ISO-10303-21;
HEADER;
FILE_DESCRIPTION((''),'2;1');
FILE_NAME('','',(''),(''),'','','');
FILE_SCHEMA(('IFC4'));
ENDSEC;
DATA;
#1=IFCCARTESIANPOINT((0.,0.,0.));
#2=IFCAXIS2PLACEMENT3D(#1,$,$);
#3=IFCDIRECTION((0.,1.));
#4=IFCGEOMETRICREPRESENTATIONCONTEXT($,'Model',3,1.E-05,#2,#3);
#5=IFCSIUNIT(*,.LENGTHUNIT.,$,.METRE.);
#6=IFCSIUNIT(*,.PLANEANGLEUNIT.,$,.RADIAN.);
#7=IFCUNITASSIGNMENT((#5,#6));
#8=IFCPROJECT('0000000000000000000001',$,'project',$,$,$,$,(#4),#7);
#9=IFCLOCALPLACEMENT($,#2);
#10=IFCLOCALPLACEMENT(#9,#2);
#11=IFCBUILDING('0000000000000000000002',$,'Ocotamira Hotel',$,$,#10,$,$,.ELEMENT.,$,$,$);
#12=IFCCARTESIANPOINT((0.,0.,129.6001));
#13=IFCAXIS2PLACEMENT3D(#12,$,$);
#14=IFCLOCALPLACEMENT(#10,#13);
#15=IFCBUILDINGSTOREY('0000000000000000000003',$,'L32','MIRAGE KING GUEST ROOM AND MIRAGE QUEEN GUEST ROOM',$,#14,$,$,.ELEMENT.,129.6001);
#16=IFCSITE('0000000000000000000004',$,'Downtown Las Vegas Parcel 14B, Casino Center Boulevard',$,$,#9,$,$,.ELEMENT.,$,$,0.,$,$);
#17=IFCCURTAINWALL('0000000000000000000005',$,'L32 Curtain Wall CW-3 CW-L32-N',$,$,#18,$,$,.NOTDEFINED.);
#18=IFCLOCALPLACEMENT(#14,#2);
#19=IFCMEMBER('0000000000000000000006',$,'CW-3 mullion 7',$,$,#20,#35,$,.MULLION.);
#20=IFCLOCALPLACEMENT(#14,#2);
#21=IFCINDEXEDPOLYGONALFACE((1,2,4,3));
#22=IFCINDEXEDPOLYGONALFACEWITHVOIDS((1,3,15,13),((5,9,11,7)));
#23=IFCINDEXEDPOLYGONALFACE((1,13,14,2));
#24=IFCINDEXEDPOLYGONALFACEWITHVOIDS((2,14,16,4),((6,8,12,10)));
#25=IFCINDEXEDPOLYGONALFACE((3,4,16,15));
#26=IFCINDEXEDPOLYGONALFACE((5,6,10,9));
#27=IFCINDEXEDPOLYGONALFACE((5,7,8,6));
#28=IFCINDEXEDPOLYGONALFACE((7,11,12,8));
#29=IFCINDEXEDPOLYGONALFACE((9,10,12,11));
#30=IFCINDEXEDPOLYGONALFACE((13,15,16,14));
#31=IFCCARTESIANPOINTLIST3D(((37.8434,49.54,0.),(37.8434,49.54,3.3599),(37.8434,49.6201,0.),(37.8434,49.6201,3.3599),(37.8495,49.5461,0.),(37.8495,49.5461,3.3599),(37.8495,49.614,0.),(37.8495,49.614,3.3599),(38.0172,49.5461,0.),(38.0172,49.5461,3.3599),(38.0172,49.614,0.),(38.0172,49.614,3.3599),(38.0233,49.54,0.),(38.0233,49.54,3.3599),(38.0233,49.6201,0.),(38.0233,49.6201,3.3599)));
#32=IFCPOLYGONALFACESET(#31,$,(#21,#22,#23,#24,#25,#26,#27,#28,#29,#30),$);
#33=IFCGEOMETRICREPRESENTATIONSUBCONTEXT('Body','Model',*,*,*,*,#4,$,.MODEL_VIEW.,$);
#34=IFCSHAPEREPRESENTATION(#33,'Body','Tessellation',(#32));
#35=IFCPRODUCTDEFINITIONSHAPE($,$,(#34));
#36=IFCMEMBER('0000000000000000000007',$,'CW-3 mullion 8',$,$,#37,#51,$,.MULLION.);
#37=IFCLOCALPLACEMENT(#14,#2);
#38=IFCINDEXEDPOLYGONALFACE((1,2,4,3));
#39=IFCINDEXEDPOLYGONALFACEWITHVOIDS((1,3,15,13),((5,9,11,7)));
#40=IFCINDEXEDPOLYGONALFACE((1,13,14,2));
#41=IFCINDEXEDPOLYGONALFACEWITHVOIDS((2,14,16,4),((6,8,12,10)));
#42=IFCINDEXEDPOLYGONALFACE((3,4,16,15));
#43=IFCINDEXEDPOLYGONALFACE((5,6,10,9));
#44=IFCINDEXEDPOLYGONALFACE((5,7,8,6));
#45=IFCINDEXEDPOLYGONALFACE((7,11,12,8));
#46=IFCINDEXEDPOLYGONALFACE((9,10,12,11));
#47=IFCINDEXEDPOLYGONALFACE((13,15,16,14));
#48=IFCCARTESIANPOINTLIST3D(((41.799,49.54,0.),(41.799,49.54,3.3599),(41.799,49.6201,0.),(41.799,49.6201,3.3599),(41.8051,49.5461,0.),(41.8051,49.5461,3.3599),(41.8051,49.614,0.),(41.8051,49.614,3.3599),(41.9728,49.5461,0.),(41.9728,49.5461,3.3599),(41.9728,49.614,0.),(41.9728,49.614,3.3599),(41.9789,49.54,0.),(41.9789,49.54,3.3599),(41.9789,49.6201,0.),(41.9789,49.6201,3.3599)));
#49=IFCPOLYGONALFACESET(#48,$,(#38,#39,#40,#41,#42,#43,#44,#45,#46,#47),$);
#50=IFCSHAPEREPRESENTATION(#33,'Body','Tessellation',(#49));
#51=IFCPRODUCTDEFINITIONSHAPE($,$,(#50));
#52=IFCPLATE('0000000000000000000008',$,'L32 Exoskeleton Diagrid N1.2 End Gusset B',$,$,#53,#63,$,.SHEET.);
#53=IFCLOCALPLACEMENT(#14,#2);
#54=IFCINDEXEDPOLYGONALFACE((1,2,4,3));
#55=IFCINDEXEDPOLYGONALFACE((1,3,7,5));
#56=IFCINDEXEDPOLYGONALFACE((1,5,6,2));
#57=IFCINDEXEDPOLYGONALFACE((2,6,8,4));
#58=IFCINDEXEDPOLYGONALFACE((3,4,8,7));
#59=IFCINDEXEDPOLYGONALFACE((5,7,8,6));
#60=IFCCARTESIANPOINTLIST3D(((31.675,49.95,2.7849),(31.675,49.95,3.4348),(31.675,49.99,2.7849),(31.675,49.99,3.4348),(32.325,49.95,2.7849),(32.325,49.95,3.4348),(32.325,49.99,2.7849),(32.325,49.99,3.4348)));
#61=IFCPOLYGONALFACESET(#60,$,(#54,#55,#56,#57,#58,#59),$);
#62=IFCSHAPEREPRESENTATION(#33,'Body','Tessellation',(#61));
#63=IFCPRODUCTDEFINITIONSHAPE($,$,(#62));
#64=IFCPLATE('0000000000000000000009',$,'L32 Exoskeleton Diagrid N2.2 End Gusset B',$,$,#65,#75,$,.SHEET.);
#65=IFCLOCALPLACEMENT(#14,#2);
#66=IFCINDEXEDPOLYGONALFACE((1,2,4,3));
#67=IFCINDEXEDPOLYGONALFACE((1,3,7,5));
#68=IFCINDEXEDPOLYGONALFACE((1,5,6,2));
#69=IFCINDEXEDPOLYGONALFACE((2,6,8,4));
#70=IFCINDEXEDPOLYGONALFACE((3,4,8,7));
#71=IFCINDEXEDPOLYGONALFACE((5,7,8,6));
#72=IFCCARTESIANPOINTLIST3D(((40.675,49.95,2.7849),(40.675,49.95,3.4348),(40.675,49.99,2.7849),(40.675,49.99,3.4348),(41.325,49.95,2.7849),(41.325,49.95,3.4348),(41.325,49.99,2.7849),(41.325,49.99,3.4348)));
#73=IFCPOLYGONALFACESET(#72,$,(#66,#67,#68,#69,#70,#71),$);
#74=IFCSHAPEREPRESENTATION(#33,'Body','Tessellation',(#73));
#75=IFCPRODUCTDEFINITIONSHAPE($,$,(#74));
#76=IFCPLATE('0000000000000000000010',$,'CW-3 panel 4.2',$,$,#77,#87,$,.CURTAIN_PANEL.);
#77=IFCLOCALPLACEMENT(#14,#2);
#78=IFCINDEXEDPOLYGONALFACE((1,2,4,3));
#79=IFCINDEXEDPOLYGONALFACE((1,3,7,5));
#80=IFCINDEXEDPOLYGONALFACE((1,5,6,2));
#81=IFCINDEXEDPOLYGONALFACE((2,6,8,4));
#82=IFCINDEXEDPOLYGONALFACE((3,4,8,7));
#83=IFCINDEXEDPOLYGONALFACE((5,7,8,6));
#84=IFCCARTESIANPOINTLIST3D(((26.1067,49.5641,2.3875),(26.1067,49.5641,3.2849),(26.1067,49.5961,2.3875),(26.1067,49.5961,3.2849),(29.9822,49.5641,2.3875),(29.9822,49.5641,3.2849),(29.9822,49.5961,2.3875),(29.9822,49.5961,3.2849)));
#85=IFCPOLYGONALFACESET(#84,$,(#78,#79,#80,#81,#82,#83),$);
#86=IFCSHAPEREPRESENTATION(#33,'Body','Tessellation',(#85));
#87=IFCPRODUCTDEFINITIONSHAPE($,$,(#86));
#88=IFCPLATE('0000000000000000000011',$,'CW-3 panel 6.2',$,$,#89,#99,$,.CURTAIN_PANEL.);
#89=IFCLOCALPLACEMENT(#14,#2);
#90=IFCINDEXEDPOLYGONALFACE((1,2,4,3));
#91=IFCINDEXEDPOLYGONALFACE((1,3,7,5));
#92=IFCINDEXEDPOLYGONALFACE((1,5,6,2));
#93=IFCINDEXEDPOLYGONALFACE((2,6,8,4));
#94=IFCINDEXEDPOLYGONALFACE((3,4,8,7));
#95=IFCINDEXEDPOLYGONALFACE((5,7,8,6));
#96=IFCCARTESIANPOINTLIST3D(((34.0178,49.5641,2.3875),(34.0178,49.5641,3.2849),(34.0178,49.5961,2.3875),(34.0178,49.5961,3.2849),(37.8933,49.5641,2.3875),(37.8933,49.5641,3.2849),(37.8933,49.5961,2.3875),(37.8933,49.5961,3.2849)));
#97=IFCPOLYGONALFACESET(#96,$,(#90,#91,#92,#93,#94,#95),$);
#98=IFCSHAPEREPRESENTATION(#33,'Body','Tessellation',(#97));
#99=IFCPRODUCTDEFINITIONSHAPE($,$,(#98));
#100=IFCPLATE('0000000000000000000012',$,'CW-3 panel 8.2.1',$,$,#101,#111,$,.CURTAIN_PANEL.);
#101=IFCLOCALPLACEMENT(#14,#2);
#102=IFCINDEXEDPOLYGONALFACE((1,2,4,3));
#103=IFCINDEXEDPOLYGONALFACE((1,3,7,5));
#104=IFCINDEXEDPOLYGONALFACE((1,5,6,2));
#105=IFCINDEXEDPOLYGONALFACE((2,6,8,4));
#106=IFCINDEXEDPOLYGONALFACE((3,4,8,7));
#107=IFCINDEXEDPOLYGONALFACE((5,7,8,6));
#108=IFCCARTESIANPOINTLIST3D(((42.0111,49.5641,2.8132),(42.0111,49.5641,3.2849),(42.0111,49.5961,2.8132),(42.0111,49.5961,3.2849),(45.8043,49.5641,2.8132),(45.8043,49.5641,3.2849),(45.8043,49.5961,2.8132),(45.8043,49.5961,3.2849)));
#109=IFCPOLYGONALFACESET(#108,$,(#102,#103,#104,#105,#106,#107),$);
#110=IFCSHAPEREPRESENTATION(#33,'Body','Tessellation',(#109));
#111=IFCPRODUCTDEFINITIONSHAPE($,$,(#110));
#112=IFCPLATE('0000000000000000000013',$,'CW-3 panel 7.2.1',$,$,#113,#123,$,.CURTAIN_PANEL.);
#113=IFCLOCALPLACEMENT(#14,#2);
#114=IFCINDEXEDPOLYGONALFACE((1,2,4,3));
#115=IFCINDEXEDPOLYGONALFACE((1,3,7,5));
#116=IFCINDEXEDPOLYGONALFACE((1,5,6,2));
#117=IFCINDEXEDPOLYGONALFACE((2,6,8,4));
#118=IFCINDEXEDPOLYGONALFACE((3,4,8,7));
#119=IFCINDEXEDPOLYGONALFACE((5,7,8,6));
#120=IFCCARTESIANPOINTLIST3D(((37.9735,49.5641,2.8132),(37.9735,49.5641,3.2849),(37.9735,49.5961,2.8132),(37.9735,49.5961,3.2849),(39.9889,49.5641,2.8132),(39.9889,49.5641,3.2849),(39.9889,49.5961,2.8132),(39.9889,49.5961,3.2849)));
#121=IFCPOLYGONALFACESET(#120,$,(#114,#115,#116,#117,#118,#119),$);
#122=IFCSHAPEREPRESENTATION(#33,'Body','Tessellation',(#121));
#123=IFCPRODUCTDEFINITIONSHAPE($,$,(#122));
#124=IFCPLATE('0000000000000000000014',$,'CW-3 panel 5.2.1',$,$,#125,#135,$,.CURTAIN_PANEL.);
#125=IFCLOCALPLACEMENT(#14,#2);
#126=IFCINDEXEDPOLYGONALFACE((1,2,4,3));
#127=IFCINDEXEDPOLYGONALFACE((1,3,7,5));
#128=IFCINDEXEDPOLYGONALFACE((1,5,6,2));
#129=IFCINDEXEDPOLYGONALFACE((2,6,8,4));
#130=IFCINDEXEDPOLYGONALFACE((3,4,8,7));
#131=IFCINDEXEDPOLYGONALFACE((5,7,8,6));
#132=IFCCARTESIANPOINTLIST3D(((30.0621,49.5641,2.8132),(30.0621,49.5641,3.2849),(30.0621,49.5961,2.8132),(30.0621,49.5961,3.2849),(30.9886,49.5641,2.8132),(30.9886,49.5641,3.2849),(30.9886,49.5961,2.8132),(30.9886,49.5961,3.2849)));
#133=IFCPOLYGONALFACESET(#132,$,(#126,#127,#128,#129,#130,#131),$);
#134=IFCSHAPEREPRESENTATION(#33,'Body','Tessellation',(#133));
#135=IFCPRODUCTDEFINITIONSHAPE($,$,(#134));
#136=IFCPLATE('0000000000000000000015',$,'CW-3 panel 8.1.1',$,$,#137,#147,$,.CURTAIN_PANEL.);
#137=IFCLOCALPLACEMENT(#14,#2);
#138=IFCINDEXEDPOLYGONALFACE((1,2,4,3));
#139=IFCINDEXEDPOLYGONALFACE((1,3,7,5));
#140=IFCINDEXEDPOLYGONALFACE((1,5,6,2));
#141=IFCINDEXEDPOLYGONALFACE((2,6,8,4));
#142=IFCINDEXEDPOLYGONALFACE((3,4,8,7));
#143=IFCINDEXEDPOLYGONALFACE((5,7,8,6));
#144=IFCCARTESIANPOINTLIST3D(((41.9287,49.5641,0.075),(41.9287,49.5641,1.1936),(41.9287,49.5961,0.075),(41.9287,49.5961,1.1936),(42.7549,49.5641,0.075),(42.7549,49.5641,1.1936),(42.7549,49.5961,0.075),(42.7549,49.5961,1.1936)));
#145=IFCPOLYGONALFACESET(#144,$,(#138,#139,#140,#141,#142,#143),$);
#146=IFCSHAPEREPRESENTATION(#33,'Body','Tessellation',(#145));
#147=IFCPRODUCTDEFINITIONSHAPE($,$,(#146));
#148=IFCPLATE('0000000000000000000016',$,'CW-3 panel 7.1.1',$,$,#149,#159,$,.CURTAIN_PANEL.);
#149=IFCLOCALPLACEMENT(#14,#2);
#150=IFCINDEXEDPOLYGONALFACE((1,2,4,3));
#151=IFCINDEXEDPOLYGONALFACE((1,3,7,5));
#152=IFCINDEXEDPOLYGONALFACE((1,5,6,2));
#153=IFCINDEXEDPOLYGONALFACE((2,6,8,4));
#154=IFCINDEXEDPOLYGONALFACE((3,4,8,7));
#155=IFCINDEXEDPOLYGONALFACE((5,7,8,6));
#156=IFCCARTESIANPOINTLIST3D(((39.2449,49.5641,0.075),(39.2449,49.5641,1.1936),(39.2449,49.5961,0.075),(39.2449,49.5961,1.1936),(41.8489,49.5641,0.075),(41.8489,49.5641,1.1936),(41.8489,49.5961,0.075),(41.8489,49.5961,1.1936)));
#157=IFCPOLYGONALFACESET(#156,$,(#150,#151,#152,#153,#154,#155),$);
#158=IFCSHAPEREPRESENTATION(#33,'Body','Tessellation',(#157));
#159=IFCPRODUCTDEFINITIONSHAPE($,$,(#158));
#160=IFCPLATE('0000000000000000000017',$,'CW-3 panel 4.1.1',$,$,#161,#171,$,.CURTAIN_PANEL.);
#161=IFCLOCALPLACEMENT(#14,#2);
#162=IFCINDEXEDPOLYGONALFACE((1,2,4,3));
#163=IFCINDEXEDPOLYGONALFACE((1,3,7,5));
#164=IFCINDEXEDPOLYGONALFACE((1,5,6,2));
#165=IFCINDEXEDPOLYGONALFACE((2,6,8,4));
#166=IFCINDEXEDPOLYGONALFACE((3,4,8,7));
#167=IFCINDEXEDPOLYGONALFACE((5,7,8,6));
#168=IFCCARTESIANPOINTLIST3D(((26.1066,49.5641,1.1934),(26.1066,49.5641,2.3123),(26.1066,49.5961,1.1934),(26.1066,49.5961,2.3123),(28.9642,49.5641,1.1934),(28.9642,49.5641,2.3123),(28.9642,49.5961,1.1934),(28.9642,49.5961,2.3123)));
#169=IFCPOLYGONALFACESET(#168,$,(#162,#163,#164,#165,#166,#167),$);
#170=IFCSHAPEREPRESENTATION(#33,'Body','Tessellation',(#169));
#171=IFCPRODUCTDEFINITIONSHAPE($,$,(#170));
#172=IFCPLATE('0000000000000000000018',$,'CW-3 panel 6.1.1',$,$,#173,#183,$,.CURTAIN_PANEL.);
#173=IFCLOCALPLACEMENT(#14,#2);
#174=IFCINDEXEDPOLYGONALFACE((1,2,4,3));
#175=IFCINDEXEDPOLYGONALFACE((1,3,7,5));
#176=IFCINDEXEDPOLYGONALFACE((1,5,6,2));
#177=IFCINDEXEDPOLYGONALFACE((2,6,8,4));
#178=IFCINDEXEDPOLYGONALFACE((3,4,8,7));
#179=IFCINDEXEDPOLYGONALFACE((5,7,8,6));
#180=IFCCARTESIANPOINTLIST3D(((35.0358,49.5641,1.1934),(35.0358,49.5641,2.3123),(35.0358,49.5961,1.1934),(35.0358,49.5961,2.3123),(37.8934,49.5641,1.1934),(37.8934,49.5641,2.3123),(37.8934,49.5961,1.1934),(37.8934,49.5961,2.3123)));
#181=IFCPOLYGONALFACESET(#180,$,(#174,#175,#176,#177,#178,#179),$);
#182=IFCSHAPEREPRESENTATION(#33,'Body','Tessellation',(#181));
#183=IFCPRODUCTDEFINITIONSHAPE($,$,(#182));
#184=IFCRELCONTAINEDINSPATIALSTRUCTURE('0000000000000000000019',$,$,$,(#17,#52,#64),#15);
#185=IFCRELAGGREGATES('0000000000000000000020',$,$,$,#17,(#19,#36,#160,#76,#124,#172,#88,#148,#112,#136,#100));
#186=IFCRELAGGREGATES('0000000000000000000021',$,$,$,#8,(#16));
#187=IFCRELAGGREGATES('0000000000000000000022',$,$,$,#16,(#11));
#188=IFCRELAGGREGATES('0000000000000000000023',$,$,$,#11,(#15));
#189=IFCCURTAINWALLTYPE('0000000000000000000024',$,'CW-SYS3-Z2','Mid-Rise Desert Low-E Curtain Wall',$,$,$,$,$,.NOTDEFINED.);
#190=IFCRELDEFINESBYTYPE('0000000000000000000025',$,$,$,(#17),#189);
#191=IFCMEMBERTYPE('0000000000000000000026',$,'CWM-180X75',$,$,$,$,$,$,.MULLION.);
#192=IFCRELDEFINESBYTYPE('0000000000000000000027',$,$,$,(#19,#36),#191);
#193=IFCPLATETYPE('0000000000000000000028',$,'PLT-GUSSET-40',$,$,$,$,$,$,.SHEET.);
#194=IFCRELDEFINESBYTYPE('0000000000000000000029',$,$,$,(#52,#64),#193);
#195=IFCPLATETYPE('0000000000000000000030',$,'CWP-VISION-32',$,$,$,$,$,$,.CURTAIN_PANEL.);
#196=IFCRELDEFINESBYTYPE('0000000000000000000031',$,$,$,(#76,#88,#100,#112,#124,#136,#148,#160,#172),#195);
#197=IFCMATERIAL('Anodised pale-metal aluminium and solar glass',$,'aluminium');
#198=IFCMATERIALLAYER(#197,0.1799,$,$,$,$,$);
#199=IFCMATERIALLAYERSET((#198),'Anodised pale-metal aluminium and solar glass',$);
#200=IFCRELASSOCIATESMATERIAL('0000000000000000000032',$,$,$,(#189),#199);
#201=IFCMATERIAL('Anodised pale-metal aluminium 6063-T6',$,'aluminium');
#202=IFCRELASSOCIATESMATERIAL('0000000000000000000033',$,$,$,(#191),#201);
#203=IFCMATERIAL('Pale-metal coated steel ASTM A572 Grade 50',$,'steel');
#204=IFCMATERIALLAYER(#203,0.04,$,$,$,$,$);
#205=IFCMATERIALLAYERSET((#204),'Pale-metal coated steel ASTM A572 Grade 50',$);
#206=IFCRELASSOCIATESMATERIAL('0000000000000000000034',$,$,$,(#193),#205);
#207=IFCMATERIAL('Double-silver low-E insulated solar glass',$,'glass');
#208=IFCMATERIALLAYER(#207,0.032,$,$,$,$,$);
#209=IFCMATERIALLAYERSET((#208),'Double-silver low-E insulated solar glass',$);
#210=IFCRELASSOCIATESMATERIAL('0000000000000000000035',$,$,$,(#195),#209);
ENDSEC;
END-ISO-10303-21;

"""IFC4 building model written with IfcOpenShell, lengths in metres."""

from ifc_helpers import new_model, si_unit, direction, frame, origin, origin_2d, place, context, subcontext, project, spatial, rectangle, hollow_rectangle, extrude, source, transform, mapped, material, layer, layer_set, material_profile, profile_set, type_object, element, aggregate, save


model = new_model("IFC4")

# Units and contexts
model_context = context("Model", 3, precision=1e-05, world=origin(), true_north=direction((0.0, 1.0)))
body_context = subcontext(model_context, "Body", "Model", "MODEL_VIEW")
ifc_project = project(units=[si_unit("LENGTHUNIT", "METRE"), si_unit("PLANEANGLEUNIT", "RADIAN")], contexts=[model_context])

# Site, building, storey
site_placement = place(None, origin())
site = spatial("IfcSite", under=ifc_project, at=site_placement, Name="Downtown Las Vegas Parcel 14B, Casino Center Boulevard", CompositionType="ELEMENT", RefElevation=0.0)
building_placement = place(site_placement, origin())
building = spatial("IfcBuilding", under=site, at=building_placement, Name="Ocotamira Hotel", CompositionType="ELEMENT")
storey_placement = place(building_placement, frame((0.0, 0.0, 129.6001)))
storey = spatial("IfcBuildingStorey", under=building, at=storey_placement, Name="L32", Description="MIRAGE KING GUEST ROOM AND MIRAGE QUEEN GUEST ROOM", CompositionType="ELEMENT", Elevation=129.6001)

# Curtain wall, members
ifc_material_1 = material(Name="Anodised pale-metal aluminium and solar glass", Category="aluminium")
ifc_layer_1 = layer(ifc_material_1, 0.1799)
ifc_layer_set_1 = layer_set([ifc_layer_1], Name="Anodised pale-metal aluminium and solar glass")
curtain_wall_type = type_object("IfcCurtainWallType", Name="CW-SYS3-Z2", Description="Mid-Rise Desert Low-E Curtain Wall", PredefinedType="NOTDEFINED", material=ifc_layer_set_1)
curtain_wall_placement = place(storey_placement, origin())
curtain_wall = element("IfcCurtainWall", 1, at=curtain_wall_placement, inside=storey, type_object=curtain_wall_type, Name="L32 Curtain Wall CW-3 CW-L32-N", PredefinedType="NOTDEFINED")
ifc_material_2 = material(Name="Anodised pale-metal aluminium 6063-T6", Category="aluminium")
ifc_material_profile_1 = material_profile(ifc_material_2, hollow_rectangle(XDim=0.0801, YDim=0.1799, WallThickness=0.0061, at=origin_2d()), Name="HSS180X80X6")
ifc_profile_set_1 = profile_set([ifc_material_profile_1], Name="Anodised pale-metal aluminium 6063-T6")
member_type_1 = type_object("IfcMemberType", Name="CWM-180X75", PredefinedType="MULLION", material=ifc_profile_set_1)
shared_shape_1 = source(origin(), body_context, "Body", "SweptSolid", [
    extrude(hollow_rectangle(XDim=0.0801, YDim=0.1799, WallThickness=0.0061, at=origin_2d()), origin(), (0.0, 0.0, 1.0), 3.3599),
])
member_1_placement = place(storey_placement, frame((37.9333, 49.5801, 0.0), z_axis=(0.0, 0.0, 1.0), x_axis=(0.0, 1.0, 0.0)))
member_1 = element("IfcMember", 2, at=member_1_placement, type_object=member_type_1, Name="CW-3 mullion 7", PredefinedType="MULLION", context=body_context, shape_type="MappedRepresentation", body=[
    mapped(shared_shape_1, transform((0.0, 0.0, 0.0), scale=1.0)),
])
member_2_placement = place(storey_placement, frame((41.8889, 49.5801, 0.0), z_axis=(0.0, 0.0, 1.0), x_axis=(0.0, 1.0, 0.0)))
member_2 = element("IfcMember", 3, at=member_2_placement, type_object=member_type_1, Name="CW-3 mullion 8", PredefinedType="MULLION", context=body_context, shape_type="MappedRepresentation", body=[
    mapped(shared_shape_1, transform((0.0, 0.0, 0.0), scale=1.0)),
])

# Plates
ifc_material_3 = material(Name="Pale-metal coated steel ASTM A572 Grade 50", Category="steel")
ifc_layer_2 = layer(ifc_material_3, 0.04)
ifc_layer_set_2 = layer_set([ifc_layer_2], Name="Pale-metal coated steel ASTM A572 Grade 50")
plate_type_1 = type_object("IfcPlateType", Name="PLT-GUSSET-40", PredefinedType="SHEET", material=ifc_layer_set_2)
shared_shape_2 = source(origin(), body_context, "Body", "SweptSolid", [
    extrude(rectangle(XDim=0.6499, YDim=0.04, at=origin_2d()), origin(), (0.0, 0.0, 1.0), 0.6499),
])
for number, where, z_axis, x_axis, name in (
    (4, (32.0, 49.97, 2.7849), (0.0, 0.0, 1.0), (1.0, 0.0, 0.0), "L32 Exoskeleton Diagrid N1.2 End Gusset B"),
    (5, (41.0, 49.97, 2.7849), (0.0, 0.0, 1.0), (1.0, 0.0, 0.0), "L32 Exoskeleton Diagrid N2.2 End Gusset B"),
):
    element("IfcPlate", number, at=place(storey_placement, frame(where, z_axis=z_axis, x_axis=x_axis)), inside=storey, type_object=plate_type_1, Name=name, PredefinedType="SHEET", context=body_context, shape_type="MappedRepresentation", body=[
        mapped(shared_shape_2, transform((0.0, 0.0, 0.0), scale=1.0)),
    ])

# Plates
ifc_material_4 = material(Name="Double-silver low-E insulated solar glass", Category="glass")
ifc_layer_3 = layer(ifc_material_4, 0.032)
ifc_layer_set_3 = layer_set([ifc_layer_3], Name="Double-silver low-E insulated solar glass")
plate_type_2 = type_object("IfcPlateType", Name="CWP-VISION-32", PredefinedType="CURTAIN_PANEL", material=ifc_layer_set_3)
shared_shape_3 = source(origin(), body_context, "Body", "SweptSolid", [
    extrude(rectangle(XDim=3.8755, YDim=0.032, at=origin_2d()), origin(), (0.0, 0.0, 1.0), 0.8975),
])
plate_1_placement = place(storey_placement, frame((28.0444, 49.5801, 2.3875), z_axis=(0.0, 0.0, 1.0), x_axis=(1.0, 0.0, 0.0)))
plate_1 = element("IfcPlate", 6, at=plate_1_placement, type_object=plate_type_2, Name="CW-3 panel 4.2", PredefinedType="CURTAIN_PANEL", context=body_context, shape_type="MappedRepresentation", body=[
    mapped(shared_shape_3, transform((0.0, 0.0, 0.0), scale=1.0)),
])
plate_2_placement = place(storey_placement, frame((35.9556, 49.5801, 2.3875), z_axis=(0.0, 0.0, 1.0), x_axis=(1.0, 0.0, 0.0)))
plate_2 = element("IfcPlate", 7, at=plate_2_placement, type_object=plate_type_2, Name="CW-3 panel 6.2", PredefinedType="CURTAIN_PANEL", context=body_context, shape_type="MappedRepresentation", body=[
    mapped(shared_shape_3, transform((0.0, 0.0, 0.0), scale=1.0)),
])
shared_shape_4 = source(origin(), body_context, "Body", "SweptSolid", [
    extrude(rectangle(XDim=3.7932, YDim=0.032, at=origin_2d()), origin(), (0.0, 0.0, 1.0), 0.4717),
])
plate_3_placement = place(storey_placement, frame((43.9077, 49.5801, 2.8132), z_axis=(0.0, 0.0, 1.0), x_axis=(1.0, 0.0, 0.0)))
plate_3 = element("IfcPlate", 8, at=plate_3_placement, type_object=plate_type_2, Name="CW-3 panel 8.2.1", PredefinedType="CURTAIN_PANEL", context=body_context, shape_type="MappedRepresentation", body=[
    mapped(shared_shape_4, transform((0.0, 0.0, 0.0), scale=1.0)),
])
shared_shape_5 = source(origin(), body_context, "Body", "SweptSolid", [
    extrude(rectangle(XDim=2.0154, YDim=0.032, at=origin_2d()), origin(), (0.0, 0.0, 1.0), 0.4717),
])
plate_4_placement = place(storey_placement, frame((38.9812, 49.5801, 2.8132), z_axis=(0.0, 0.0, 1.0), x_axis=(1.0, 0.0, 0.0)))
plate_4 = element("IfcPlate", 9, at=plate_4_placement, type_object=plate_type_2, Name="CW-3 panel 7.2.1", PredefinedType="CURTAIN_PANEL", context=body_context, shape_type="MappedRepresentation", body=[
    mapped(shared_shape_5, transform((0.0, 0.0, 0.0), scale=1.0)),
])
shared_shape_6 = source(origin(), body_context, "Body", "SweptSolid", [
    extrude(rectangle(XDim=0.9265, YDim=0.032, at=origin_2d()), origin(), (0.0, 0.0, 1.0), 0.4717),
])
plate_5_placement = place(storey_placement, frame((30.5254, 49.5801, 2.8132), z_axis=(0.0, 0.0, 1.0), x_axis=(1.0, 0.0, 0.0)))
plate_5 = element("IfcPlate", 10, at=plate_5_placement, type_object=plate_type_2, Name="CW-3 panel 5.2.1", PredefinedType="CURTAIN_PANEL", context=body_context, shape_type="MappedRepresentation", body=[
    mapped(shared_shape_6, transform((0.0, 0.0, 0.0), scale=1.0)),
])
shared_shape_7 = source(origin(), body_context, "Body", "SweptSolid", [
    extrude(rectangle(XDim=0.8262, YDim=0.032, at=origin_2d()), origin(), (0.0, 0.0, 1.0), 1.1187),
])
plate_6_placement = place(storey_placement, frame((42.3418, 49.5801, 0.075), z_axis=(0.0, 0.0, 1.0), x_axis=(1.0, 0.0, 0.0)))
plate_6 = element("IfcPlate", 11, at=plate_6_placement, type_object=plate_type_2, Name="CW-3 panel 8.1.1", PredefinedType="CURTAIN_PANEL", context=body_context, shape_type="MappedRepresentation", body=[
    mapped(shared_shape_7, transform((0.0, 0.0, 0.0), scale=1.0)),
])
shared_shape_8 = source(origin(), body_context, "Body", "SweptSolid", [
    extrude(rectangle(XDim=2.604, YDim=0.032, at=origin_2d()), origin(), (0.0, 0.0, 1.0), 1.1187),
])
plate_7_placement = place(storey_placement, frame((40.5469, 49.5801, 0.075), z_axis=(0.0, 0.0, 1.0), x_axis=(1.0, 0.0, 0.0)))
plate_7 = element("IfcPlate", 12, at=plate_7_placement, type_object=plate_type_2, Name="CW-3 panel 7.1.1", PredefinedType="CURTAIN_PANEL", context=body_context, shape_type="MappedRepresentation", body=[
    mapped(shared_shape_8, transform((0.0, 0.0, 0.0), scale=1.0)),
])
shared_shape_9 = source(origin(), body_context, "Body", "SweptSolid", [
    extrude(rectangle(XDim=2.8577, YDim=0.032, at=origin_2d()), origin(), (0.0, 0.0, 1.0), 1.1189),
])
plate_8_placement = place(storey_placement, frame((27.5354, 49.5801, 1.1934), z_axis=(0.0, 0.0, 1.0), x_axis=(1.0, 0.0, 0.0)))
plate_8 = element("IfcPlate", 13, at=plate_8_placement, type_object=plate_type_2, Name="CW-3 panel 4.1.1", PredefinedType="CURTAIN_PANEL", context=body_context, shape_type="MappedRepresentation", body=[
    mapped(shared_shape_9, transform((0.0, 0.0, 0.0), scale=1.0)),
])
plate_9_placement = place(storey_placement, frame((36.4646, 49.5801, 1.1934), z_axis=(0.0, 0.0, 1.0), x_axis=(1.0, 0.0, 0.0)))
plate_9 = element("IfcPlate", 14, at=plate_9_placement, type_object=plate_type_2, Name="CW-3 panel 6.1.1", PredefinedType="CURTAIN_PANEL", context=body_context, shape_type="MappedRepresentation", body=[
    mapped(shared_shape_9, transform((0.0, 0.0, 0.0), scale=1.0)),
])
aggregate(curtain_wall, [member_1, member_2, plate_8, plate_1, plate_5, plate_9, plate_2, plate_7, plate_4, plate_6, plate_3])

save(model, "model.ifc")
